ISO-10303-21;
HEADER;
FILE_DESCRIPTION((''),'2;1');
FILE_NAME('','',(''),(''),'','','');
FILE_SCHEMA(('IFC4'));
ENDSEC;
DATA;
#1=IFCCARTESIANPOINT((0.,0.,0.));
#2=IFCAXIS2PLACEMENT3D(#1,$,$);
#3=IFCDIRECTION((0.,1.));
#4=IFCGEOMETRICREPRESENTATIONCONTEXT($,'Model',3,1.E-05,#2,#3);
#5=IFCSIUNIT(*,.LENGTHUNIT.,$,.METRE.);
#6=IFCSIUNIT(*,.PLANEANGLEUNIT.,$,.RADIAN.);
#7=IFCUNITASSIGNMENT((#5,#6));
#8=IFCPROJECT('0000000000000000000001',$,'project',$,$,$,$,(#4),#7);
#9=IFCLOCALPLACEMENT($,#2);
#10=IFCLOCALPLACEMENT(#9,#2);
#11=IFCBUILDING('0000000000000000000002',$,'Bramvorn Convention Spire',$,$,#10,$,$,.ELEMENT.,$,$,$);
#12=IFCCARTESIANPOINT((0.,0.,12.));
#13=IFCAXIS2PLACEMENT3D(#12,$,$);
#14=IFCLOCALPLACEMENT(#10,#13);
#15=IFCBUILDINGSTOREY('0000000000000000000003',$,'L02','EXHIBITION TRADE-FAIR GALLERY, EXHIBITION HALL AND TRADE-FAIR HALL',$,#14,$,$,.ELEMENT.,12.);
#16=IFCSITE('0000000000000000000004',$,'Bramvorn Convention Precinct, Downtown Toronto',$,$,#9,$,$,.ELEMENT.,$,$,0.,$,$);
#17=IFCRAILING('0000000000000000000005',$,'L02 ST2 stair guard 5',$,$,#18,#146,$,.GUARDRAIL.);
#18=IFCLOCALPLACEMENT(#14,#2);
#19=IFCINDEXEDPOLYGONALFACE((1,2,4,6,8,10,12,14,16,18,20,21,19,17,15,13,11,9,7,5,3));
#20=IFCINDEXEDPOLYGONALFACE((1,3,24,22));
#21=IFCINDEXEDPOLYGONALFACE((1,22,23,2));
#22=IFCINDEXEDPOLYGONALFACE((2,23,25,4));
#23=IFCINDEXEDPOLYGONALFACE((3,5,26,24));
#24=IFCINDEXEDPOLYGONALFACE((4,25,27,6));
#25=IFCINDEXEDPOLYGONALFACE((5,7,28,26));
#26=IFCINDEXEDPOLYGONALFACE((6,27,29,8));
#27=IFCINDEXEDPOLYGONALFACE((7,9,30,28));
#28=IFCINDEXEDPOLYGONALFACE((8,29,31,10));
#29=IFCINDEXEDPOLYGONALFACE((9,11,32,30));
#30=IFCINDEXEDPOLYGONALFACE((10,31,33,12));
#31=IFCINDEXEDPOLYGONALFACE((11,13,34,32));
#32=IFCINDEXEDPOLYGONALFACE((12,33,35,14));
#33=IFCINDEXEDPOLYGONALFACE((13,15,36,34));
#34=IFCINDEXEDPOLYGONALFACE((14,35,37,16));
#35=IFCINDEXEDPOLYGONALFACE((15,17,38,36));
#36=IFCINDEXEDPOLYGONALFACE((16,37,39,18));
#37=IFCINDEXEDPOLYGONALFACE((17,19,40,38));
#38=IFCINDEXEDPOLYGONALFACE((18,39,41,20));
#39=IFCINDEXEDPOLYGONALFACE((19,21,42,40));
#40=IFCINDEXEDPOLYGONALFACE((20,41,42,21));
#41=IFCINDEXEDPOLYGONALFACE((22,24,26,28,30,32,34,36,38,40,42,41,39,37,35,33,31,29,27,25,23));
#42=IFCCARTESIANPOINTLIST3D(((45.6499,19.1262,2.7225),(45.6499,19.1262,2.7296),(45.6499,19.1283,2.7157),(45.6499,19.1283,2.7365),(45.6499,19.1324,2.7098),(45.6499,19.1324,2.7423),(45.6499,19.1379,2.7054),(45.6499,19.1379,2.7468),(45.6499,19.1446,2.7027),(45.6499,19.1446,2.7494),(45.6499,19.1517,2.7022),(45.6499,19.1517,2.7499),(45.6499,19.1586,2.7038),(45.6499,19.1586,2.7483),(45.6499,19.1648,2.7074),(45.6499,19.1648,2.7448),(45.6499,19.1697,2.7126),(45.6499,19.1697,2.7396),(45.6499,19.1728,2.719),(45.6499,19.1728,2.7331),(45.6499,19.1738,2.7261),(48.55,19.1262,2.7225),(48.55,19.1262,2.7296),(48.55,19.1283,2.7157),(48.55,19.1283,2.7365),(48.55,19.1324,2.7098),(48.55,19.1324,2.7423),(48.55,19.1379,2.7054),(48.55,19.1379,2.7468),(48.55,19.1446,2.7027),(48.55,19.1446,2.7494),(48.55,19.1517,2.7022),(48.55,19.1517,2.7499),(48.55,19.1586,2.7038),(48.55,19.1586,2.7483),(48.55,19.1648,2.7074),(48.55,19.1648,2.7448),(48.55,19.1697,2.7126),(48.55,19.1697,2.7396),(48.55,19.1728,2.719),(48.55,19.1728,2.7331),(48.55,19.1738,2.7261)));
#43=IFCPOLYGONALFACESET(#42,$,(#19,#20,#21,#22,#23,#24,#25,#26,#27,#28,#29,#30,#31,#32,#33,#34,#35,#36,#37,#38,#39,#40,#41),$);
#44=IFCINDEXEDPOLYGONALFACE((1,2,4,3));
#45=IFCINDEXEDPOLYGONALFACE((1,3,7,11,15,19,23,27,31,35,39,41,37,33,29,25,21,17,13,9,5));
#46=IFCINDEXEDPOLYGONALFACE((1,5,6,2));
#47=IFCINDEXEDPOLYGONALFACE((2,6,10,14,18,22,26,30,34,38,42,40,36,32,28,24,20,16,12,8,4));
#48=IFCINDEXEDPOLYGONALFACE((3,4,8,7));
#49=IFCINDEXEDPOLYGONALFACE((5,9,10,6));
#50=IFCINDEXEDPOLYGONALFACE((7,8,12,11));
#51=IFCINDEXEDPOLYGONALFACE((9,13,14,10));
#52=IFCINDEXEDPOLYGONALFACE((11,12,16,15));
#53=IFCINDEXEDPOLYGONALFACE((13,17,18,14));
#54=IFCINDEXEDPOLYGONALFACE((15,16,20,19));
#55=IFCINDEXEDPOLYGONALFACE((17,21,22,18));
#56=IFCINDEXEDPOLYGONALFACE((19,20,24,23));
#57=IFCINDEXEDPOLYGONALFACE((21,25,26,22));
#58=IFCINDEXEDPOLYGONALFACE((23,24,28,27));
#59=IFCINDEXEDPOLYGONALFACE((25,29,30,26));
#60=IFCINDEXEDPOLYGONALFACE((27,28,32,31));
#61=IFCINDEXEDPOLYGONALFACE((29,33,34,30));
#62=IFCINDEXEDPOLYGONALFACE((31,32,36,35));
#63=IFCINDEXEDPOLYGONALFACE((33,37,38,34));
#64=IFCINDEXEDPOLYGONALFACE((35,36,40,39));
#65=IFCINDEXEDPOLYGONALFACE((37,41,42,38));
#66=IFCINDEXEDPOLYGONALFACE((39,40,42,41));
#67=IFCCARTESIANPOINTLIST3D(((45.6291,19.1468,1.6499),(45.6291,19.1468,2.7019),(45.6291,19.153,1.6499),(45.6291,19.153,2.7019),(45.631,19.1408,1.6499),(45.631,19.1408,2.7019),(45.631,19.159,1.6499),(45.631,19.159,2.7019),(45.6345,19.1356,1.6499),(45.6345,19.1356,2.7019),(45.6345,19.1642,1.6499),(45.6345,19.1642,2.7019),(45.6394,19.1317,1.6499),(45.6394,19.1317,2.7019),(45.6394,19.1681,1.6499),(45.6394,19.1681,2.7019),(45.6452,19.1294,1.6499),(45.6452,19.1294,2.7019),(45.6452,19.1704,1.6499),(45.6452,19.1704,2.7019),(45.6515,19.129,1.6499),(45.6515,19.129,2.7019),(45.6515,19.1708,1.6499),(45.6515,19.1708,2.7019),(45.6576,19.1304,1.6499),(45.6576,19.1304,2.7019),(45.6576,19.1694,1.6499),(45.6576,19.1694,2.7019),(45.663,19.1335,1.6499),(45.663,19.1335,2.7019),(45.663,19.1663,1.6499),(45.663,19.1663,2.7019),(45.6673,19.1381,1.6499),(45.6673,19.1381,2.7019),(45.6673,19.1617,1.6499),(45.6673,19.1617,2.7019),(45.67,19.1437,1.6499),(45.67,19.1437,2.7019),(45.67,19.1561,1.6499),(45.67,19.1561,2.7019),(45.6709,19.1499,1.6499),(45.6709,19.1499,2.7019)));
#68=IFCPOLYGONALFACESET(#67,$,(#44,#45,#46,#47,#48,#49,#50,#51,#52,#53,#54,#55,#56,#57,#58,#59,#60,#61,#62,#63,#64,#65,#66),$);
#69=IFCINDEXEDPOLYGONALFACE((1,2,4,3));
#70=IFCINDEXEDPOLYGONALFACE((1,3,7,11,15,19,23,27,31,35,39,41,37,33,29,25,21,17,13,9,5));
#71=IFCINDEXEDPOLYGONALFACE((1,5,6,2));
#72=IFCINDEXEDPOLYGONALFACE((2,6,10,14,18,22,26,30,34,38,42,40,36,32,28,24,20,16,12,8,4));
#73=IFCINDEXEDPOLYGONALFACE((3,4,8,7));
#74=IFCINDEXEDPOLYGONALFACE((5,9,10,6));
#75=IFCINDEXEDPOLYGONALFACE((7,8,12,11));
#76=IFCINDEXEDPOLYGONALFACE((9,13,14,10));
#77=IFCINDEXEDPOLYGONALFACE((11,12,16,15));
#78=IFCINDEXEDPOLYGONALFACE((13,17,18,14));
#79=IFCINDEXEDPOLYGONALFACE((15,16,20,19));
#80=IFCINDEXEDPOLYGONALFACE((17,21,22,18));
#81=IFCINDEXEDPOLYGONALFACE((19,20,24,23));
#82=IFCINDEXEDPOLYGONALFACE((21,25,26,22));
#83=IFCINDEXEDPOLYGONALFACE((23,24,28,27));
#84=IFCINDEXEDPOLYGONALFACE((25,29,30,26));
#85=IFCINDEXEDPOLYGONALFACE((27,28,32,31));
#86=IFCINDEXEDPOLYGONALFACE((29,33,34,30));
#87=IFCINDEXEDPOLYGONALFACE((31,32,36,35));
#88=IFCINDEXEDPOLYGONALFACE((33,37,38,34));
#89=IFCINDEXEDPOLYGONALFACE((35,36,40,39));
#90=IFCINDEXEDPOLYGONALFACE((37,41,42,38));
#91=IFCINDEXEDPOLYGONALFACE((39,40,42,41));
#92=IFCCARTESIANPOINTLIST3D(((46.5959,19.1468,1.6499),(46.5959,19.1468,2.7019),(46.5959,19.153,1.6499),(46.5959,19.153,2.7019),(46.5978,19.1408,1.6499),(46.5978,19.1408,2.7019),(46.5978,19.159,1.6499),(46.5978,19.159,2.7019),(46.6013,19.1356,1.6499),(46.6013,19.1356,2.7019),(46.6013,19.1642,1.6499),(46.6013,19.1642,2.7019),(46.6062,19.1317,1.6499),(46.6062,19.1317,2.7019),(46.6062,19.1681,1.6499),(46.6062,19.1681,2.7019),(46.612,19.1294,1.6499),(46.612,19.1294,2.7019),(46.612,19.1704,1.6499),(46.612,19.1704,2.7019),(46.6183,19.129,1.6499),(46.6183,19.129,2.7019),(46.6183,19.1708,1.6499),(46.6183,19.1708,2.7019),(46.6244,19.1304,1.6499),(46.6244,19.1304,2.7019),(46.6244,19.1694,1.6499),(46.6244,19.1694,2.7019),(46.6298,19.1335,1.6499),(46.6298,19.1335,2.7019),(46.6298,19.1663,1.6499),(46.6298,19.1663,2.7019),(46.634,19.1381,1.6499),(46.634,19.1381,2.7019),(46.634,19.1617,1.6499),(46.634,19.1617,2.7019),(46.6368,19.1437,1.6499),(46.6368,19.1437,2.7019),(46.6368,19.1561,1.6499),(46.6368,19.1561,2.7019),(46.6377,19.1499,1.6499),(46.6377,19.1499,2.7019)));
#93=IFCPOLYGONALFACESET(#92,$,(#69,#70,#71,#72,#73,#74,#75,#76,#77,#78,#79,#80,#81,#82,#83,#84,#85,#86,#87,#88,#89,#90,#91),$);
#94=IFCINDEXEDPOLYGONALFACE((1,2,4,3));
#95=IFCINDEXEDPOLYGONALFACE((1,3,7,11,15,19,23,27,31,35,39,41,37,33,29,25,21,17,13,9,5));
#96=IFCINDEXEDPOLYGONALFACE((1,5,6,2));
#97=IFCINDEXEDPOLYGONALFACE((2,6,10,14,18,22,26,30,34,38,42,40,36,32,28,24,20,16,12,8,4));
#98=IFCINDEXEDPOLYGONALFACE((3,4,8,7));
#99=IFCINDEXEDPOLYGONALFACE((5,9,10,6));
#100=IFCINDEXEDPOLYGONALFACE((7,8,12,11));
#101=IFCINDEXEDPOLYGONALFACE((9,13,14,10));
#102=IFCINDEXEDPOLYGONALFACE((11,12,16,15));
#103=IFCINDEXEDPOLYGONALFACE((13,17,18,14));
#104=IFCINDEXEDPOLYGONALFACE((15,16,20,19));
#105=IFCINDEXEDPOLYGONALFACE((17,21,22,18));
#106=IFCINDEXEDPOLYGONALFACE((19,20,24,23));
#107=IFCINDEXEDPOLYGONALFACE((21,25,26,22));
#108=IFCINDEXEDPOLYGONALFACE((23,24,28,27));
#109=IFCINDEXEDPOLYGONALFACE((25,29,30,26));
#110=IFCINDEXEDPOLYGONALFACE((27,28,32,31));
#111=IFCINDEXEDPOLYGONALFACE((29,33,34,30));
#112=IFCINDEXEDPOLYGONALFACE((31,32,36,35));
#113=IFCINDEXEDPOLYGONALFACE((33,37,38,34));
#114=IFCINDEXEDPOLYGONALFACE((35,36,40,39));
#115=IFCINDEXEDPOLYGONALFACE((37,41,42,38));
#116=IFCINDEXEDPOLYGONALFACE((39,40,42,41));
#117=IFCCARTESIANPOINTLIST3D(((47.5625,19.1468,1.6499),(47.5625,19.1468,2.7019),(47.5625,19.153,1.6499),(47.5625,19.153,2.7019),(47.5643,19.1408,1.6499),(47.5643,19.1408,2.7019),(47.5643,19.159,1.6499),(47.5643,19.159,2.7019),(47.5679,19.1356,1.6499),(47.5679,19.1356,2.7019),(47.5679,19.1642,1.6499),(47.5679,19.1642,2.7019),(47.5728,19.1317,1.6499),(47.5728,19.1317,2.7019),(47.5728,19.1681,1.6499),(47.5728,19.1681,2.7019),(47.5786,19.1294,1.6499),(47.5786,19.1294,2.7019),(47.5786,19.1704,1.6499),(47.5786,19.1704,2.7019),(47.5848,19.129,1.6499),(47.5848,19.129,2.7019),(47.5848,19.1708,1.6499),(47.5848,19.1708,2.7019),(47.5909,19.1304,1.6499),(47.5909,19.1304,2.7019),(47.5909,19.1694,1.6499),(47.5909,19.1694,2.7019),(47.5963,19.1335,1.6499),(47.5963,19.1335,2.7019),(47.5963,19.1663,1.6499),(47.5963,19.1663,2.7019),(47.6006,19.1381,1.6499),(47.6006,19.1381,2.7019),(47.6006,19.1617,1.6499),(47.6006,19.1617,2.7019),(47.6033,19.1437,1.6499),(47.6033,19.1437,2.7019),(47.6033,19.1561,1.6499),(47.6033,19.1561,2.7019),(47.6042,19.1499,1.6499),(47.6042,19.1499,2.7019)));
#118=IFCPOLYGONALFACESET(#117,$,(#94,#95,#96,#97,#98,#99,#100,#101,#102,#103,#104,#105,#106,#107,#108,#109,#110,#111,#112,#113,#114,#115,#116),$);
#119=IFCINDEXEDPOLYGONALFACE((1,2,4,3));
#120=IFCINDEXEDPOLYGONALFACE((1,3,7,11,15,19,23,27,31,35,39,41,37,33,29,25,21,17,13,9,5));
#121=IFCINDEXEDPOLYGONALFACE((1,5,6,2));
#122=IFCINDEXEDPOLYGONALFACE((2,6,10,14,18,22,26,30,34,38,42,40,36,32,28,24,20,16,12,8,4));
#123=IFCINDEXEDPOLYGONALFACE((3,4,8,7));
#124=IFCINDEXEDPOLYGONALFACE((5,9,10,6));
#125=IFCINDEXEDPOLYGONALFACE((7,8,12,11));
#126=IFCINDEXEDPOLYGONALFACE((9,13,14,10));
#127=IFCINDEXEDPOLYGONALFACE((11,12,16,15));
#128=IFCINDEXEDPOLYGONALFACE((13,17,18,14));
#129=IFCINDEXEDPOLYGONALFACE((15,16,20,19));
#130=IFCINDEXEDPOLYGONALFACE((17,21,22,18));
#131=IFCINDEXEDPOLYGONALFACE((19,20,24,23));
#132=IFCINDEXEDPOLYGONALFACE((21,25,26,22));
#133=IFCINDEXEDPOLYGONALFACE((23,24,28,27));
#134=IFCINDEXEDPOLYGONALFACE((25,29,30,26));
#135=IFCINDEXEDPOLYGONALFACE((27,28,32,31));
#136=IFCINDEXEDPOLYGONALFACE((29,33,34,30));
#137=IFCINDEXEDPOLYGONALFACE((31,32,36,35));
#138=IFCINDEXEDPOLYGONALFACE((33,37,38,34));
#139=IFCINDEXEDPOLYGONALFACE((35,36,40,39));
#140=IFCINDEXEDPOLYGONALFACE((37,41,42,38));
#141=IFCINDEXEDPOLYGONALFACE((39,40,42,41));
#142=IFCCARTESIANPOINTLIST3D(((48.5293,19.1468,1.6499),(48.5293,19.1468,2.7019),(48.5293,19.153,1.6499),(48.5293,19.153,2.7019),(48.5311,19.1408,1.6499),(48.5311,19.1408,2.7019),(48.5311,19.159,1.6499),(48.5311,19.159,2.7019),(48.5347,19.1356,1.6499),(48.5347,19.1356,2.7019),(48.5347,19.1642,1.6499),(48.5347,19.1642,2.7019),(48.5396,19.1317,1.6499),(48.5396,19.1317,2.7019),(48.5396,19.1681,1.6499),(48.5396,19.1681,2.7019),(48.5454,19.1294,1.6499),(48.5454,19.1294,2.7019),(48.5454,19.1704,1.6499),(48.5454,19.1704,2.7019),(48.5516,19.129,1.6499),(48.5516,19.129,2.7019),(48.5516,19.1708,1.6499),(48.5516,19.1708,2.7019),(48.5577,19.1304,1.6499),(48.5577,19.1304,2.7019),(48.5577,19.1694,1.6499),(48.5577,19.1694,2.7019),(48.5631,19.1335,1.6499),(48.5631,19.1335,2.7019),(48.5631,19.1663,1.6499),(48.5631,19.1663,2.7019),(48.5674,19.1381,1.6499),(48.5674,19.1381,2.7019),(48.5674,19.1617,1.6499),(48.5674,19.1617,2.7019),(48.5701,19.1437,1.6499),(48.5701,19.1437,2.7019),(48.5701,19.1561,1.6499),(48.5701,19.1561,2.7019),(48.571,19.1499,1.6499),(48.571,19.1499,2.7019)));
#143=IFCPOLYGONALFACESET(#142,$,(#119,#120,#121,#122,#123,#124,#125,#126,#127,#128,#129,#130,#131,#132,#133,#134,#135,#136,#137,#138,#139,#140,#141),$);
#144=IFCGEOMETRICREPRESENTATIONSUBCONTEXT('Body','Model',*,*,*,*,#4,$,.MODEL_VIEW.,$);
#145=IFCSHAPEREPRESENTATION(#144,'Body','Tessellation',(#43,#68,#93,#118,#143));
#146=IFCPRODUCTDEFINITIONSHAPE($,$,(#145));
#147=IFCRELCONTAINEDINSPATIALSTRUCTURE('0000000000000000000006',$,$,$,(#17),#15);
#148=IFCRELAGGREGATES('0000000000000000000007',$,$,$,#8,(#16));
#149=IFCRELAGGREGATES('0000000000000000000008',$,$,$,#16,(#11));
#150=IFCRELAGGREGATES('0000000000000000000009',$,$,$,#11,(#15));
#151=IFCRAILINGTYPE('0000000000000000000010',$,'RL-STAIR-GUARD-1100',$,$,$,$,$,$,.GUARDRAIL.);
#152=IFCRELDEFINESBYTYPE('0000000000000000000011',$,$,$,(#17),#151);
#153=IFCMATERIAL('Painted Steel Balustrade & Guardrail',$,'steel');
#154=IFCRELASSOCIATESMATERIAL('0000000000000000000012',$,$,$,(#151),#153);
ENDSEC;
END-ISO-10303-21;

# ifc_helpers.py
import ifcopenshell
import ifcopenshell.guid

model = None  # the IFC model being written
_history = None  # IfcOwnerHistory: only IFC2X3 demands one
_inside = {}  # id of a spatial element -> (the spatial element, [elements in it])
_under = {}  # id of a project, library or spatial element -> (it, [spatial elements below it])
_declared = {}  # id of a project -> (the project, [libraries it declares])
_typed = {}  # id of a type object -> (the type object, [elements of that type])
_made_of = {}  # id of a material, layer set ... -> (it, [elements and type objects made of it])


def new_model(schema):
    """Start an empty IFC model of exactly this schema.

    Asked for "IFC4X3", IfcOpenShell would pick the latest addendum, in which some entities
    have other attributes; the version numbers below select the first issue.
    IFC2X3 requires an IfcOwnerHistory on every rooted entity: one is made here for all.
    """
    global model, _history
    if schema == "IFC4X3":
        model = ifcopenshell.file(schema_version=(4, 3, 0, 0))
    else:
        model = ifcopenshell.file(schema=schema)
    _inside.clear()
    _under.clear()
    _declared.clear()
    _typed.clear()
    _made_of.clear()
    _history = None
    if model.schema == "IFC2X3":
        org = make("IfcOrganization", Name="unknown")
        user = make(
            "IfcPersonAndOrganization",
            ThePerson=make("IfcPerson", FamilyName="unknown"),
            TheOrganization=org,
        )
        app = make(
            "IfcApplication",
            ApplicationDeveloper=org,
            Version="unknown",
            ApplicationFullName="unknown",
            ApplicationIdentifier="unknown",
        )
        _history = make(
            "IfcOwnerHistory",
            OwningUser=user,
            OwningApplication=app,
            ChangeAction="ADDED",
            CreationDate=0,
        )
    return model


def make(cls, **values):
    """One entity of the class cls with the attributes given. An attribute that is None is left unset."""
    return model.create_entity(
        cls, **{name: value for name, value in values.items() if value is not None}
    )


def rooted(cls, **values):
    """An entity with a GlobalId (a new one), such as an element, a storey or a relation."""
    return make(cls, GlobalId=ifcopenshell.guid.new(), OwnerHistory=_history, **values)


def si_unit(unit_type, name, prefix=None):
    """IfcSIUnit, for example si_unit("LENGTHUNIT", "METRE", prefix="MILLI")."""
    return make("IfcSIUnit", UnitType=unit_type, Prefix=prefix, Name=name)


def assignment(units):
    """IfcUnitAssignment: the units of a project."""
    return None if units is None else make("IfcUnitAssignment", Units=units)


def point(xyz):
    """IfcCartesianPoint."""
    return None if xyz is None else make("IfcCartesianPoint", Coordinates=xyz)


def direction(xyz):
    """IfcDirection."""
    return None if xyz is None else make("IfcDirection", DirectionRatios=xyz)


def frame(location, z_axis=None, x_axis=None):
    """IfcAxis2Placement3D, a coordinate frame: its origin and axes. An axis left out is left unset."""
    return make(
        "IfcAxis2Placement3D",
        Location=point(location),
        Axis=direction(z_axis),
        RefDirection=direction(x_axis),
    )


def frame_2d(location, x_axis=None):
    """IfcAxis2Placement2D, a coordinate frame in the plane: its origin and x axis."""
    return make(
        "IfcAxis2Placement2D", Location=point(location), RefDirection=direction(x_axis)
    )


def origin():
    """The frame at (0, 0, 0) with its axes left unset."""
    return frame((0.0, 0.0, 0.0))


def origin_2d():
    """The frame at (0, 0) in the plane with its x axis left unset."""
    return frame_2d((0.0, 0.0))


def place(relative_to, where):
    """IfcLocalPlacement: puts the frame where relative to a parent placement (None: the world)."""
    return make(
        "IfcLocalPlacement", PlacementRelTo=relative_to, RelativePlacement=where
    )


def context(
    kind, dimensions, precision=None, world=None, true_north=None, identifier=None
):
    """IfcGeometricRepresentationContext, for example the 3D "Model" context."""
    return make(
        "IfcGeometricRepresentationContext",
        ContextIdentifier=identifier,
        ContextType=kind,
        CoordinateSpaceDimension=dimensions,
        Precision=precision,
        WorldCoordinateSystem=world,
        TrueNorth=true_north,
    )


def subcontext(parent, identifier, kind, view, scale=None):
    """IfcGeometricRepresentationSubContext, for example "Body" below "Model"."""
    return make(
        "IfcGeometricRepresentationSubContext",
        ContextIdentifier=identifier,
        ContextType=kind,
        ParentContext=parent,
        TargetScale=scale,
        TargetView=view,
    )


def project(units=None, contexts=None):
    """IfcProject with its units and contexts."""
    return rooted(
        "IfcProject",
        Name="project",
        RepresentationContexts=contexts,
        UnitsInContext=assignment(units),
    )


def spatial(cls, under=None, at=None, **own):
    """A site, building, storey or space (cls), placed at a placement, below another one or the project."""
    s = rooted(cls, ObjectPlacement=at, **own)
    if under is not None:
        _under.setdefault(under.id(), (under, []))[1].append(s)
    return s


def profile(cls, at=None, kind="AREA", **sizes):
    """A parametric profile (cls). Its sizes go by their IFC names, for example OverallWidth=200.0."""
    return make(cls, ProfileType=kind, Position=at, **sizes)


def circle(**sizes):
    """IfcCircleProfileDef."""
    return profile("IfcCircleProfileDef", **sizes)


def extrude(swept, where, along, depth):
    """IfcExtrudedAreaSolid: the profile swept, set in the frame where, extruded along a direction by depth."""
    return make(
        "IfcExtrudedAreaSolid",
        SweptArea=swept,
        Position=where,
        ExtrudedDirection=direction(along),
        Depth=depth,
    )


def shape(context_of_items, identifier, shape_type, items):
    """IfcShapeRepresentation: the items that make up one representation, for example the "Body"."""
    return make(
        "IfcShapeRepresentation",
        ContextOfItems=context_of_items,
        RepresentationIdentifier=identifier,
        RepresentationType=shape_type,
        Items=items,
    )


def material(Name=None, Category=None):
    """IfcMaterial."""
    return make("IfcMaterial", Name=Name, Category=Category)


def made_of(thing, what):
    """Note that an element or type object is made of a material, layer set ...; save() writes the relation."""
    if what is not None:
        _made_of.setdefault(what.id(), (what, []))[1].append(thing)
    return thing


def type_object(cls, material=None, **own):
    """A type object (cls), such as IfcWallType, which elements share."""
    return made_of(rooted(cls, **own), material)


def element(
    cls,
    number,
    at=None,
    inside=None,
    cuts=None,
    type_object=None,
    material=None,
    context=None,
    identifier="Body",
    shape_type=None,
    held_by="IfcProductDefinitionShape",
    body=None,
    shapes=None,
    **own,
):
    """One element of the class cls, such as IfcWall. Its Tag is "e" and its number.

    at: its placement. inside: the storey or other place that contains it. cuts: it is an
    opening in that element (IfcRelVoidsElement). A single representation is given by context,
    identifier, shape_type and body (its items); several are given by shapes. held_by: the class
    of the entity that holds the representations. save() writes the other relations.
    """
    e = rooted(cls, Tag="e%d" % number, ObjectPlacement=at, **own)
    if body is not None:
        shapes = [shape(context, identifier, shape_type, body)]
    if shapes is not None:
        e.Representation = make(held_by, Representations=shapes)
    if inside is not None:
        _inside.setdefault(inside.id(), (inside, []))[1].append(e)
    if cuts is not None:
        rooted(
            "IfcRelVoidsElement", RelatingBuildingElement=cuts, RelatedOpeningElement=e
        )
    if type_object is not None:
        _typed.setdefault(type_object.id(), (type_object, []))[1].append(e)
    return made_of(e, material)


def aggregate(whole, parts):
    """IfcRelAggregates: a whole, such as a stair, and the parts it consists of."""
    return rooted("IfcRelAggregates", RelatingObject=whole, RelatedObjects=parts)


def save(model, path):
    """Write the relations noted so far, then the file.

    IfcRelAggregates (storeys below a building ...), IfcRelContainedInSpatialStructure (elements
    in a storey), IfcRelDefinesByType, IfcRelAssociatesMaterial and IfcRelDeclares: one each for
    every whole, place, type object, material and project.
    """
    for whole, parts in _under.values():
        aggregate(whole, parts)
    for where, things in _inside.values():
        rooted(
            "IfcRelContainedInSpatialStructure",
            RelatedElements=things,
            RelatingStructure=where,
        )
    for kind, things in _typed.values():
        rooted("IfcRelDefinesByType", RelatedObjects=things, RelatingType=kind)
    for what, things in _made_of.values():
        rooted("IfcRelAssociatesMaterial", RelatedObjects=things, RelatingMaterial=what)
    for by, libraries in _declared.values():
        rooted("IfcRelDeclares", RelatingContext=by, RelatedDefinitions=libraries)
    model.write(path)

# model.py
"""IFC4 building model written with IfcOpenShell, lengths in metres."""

from ifc_helpers import new_model, si_unit, direction, frame, origin, origin_2d, place, context, subcontext, project, spatial, circle, extrude, material, type_object, element, save


model = new_model("IFC4")

# Units and contexts
model_context = context("Model", 3, precision=1e-05, world=origin(), true_north=direction((0.0, 1.0)))
body_context = subcontext(model_context, "Body", "Model", "MODEL_VIEW")
ifc_project = project(units=[si_unit("LENGTHUNIT", "METRE"), si_unit("PLANEANGLEUNIT", "RADIAN")], contexts=[model_context])

# Site, building, storey
site_placement = place(None, origin())
site = spatial("IfcSite", under=ifc_project, at=site_placement, Name="Bramvorn Convention Precinct, Downtown Toronto", CompositionType="ELEMENT", RefElevation=0.0)
building_placement = place(site_placement, origin())
building = spatial("IfcBuilding", under=site, at=building_placement, Name="Bramvorn Convention Spire", CompositionType="ELEMENT")
storey_placement = place(building_placement, frame((0.0, 0.0, 12.0)))
storey = spatial("IfcBuildingStorey", under=building, at=storey_placement, Name="L02", Description="EXHIBITION TRADE-FAIR GALLERY, EXHIBITION HALL AND TRADE-FAIR HALL", CompositionType="ELEMENT", Elevation=12.0)

# Railing
ifc_material_1 = material(Name="Painted Steel Balustrade & Guardrail", Category="steel")
railing_type = type_object("IfcRailingType", Name="RL-STAIR-GUARD-1100", PredefinedType="GUARDRAIL", material=ifc_material_1)
for number, where, name in (
    (1, (45.6499, 19.1499, 1.6499), "L02 ST2 stair guard 5"),
):
    element("IfcRailing", number, at=place(storey_placement, frame(where)), inside=storey, type_object=railing_type, Name=name, PredefinedType="GUARDRAIL", context=body_context, shape_type="SweptSolid", body=[
        extrude(circle(Radius=0.0239, at=origin_2d()), frame((0.0, 0.0, 1.0762), z_axis=(1.0, 0.0, 0.0), x_axis=(0.0, 1.0, 0.0)), (0.0, 0.0, 1.0), 2.9001),
        extrude(circle(Radius=0.021, at=origin_2d()), origin(), (0.0, 0.0, 1.0), 1.052),
        extrude(circle(Radius=0.021, at=origin_2d()), frame((0.9668, 0.0, 0.0)), (0.0, 0.0, 1.0), 1.052),
        extrude(circle(Radius=0.021, at=origin_2d()), frame((1.9333, 0.0, 0.0)), (0.0, 0.0, 1.0), 1.052),
        extrude(circle(Radius=0.021, at=origin_2d()), frame((2.9001, 0.0, 0.0)), (0.0, 0.0, 1.0), 1.052),
    ])

save(model, "model.ifc")
